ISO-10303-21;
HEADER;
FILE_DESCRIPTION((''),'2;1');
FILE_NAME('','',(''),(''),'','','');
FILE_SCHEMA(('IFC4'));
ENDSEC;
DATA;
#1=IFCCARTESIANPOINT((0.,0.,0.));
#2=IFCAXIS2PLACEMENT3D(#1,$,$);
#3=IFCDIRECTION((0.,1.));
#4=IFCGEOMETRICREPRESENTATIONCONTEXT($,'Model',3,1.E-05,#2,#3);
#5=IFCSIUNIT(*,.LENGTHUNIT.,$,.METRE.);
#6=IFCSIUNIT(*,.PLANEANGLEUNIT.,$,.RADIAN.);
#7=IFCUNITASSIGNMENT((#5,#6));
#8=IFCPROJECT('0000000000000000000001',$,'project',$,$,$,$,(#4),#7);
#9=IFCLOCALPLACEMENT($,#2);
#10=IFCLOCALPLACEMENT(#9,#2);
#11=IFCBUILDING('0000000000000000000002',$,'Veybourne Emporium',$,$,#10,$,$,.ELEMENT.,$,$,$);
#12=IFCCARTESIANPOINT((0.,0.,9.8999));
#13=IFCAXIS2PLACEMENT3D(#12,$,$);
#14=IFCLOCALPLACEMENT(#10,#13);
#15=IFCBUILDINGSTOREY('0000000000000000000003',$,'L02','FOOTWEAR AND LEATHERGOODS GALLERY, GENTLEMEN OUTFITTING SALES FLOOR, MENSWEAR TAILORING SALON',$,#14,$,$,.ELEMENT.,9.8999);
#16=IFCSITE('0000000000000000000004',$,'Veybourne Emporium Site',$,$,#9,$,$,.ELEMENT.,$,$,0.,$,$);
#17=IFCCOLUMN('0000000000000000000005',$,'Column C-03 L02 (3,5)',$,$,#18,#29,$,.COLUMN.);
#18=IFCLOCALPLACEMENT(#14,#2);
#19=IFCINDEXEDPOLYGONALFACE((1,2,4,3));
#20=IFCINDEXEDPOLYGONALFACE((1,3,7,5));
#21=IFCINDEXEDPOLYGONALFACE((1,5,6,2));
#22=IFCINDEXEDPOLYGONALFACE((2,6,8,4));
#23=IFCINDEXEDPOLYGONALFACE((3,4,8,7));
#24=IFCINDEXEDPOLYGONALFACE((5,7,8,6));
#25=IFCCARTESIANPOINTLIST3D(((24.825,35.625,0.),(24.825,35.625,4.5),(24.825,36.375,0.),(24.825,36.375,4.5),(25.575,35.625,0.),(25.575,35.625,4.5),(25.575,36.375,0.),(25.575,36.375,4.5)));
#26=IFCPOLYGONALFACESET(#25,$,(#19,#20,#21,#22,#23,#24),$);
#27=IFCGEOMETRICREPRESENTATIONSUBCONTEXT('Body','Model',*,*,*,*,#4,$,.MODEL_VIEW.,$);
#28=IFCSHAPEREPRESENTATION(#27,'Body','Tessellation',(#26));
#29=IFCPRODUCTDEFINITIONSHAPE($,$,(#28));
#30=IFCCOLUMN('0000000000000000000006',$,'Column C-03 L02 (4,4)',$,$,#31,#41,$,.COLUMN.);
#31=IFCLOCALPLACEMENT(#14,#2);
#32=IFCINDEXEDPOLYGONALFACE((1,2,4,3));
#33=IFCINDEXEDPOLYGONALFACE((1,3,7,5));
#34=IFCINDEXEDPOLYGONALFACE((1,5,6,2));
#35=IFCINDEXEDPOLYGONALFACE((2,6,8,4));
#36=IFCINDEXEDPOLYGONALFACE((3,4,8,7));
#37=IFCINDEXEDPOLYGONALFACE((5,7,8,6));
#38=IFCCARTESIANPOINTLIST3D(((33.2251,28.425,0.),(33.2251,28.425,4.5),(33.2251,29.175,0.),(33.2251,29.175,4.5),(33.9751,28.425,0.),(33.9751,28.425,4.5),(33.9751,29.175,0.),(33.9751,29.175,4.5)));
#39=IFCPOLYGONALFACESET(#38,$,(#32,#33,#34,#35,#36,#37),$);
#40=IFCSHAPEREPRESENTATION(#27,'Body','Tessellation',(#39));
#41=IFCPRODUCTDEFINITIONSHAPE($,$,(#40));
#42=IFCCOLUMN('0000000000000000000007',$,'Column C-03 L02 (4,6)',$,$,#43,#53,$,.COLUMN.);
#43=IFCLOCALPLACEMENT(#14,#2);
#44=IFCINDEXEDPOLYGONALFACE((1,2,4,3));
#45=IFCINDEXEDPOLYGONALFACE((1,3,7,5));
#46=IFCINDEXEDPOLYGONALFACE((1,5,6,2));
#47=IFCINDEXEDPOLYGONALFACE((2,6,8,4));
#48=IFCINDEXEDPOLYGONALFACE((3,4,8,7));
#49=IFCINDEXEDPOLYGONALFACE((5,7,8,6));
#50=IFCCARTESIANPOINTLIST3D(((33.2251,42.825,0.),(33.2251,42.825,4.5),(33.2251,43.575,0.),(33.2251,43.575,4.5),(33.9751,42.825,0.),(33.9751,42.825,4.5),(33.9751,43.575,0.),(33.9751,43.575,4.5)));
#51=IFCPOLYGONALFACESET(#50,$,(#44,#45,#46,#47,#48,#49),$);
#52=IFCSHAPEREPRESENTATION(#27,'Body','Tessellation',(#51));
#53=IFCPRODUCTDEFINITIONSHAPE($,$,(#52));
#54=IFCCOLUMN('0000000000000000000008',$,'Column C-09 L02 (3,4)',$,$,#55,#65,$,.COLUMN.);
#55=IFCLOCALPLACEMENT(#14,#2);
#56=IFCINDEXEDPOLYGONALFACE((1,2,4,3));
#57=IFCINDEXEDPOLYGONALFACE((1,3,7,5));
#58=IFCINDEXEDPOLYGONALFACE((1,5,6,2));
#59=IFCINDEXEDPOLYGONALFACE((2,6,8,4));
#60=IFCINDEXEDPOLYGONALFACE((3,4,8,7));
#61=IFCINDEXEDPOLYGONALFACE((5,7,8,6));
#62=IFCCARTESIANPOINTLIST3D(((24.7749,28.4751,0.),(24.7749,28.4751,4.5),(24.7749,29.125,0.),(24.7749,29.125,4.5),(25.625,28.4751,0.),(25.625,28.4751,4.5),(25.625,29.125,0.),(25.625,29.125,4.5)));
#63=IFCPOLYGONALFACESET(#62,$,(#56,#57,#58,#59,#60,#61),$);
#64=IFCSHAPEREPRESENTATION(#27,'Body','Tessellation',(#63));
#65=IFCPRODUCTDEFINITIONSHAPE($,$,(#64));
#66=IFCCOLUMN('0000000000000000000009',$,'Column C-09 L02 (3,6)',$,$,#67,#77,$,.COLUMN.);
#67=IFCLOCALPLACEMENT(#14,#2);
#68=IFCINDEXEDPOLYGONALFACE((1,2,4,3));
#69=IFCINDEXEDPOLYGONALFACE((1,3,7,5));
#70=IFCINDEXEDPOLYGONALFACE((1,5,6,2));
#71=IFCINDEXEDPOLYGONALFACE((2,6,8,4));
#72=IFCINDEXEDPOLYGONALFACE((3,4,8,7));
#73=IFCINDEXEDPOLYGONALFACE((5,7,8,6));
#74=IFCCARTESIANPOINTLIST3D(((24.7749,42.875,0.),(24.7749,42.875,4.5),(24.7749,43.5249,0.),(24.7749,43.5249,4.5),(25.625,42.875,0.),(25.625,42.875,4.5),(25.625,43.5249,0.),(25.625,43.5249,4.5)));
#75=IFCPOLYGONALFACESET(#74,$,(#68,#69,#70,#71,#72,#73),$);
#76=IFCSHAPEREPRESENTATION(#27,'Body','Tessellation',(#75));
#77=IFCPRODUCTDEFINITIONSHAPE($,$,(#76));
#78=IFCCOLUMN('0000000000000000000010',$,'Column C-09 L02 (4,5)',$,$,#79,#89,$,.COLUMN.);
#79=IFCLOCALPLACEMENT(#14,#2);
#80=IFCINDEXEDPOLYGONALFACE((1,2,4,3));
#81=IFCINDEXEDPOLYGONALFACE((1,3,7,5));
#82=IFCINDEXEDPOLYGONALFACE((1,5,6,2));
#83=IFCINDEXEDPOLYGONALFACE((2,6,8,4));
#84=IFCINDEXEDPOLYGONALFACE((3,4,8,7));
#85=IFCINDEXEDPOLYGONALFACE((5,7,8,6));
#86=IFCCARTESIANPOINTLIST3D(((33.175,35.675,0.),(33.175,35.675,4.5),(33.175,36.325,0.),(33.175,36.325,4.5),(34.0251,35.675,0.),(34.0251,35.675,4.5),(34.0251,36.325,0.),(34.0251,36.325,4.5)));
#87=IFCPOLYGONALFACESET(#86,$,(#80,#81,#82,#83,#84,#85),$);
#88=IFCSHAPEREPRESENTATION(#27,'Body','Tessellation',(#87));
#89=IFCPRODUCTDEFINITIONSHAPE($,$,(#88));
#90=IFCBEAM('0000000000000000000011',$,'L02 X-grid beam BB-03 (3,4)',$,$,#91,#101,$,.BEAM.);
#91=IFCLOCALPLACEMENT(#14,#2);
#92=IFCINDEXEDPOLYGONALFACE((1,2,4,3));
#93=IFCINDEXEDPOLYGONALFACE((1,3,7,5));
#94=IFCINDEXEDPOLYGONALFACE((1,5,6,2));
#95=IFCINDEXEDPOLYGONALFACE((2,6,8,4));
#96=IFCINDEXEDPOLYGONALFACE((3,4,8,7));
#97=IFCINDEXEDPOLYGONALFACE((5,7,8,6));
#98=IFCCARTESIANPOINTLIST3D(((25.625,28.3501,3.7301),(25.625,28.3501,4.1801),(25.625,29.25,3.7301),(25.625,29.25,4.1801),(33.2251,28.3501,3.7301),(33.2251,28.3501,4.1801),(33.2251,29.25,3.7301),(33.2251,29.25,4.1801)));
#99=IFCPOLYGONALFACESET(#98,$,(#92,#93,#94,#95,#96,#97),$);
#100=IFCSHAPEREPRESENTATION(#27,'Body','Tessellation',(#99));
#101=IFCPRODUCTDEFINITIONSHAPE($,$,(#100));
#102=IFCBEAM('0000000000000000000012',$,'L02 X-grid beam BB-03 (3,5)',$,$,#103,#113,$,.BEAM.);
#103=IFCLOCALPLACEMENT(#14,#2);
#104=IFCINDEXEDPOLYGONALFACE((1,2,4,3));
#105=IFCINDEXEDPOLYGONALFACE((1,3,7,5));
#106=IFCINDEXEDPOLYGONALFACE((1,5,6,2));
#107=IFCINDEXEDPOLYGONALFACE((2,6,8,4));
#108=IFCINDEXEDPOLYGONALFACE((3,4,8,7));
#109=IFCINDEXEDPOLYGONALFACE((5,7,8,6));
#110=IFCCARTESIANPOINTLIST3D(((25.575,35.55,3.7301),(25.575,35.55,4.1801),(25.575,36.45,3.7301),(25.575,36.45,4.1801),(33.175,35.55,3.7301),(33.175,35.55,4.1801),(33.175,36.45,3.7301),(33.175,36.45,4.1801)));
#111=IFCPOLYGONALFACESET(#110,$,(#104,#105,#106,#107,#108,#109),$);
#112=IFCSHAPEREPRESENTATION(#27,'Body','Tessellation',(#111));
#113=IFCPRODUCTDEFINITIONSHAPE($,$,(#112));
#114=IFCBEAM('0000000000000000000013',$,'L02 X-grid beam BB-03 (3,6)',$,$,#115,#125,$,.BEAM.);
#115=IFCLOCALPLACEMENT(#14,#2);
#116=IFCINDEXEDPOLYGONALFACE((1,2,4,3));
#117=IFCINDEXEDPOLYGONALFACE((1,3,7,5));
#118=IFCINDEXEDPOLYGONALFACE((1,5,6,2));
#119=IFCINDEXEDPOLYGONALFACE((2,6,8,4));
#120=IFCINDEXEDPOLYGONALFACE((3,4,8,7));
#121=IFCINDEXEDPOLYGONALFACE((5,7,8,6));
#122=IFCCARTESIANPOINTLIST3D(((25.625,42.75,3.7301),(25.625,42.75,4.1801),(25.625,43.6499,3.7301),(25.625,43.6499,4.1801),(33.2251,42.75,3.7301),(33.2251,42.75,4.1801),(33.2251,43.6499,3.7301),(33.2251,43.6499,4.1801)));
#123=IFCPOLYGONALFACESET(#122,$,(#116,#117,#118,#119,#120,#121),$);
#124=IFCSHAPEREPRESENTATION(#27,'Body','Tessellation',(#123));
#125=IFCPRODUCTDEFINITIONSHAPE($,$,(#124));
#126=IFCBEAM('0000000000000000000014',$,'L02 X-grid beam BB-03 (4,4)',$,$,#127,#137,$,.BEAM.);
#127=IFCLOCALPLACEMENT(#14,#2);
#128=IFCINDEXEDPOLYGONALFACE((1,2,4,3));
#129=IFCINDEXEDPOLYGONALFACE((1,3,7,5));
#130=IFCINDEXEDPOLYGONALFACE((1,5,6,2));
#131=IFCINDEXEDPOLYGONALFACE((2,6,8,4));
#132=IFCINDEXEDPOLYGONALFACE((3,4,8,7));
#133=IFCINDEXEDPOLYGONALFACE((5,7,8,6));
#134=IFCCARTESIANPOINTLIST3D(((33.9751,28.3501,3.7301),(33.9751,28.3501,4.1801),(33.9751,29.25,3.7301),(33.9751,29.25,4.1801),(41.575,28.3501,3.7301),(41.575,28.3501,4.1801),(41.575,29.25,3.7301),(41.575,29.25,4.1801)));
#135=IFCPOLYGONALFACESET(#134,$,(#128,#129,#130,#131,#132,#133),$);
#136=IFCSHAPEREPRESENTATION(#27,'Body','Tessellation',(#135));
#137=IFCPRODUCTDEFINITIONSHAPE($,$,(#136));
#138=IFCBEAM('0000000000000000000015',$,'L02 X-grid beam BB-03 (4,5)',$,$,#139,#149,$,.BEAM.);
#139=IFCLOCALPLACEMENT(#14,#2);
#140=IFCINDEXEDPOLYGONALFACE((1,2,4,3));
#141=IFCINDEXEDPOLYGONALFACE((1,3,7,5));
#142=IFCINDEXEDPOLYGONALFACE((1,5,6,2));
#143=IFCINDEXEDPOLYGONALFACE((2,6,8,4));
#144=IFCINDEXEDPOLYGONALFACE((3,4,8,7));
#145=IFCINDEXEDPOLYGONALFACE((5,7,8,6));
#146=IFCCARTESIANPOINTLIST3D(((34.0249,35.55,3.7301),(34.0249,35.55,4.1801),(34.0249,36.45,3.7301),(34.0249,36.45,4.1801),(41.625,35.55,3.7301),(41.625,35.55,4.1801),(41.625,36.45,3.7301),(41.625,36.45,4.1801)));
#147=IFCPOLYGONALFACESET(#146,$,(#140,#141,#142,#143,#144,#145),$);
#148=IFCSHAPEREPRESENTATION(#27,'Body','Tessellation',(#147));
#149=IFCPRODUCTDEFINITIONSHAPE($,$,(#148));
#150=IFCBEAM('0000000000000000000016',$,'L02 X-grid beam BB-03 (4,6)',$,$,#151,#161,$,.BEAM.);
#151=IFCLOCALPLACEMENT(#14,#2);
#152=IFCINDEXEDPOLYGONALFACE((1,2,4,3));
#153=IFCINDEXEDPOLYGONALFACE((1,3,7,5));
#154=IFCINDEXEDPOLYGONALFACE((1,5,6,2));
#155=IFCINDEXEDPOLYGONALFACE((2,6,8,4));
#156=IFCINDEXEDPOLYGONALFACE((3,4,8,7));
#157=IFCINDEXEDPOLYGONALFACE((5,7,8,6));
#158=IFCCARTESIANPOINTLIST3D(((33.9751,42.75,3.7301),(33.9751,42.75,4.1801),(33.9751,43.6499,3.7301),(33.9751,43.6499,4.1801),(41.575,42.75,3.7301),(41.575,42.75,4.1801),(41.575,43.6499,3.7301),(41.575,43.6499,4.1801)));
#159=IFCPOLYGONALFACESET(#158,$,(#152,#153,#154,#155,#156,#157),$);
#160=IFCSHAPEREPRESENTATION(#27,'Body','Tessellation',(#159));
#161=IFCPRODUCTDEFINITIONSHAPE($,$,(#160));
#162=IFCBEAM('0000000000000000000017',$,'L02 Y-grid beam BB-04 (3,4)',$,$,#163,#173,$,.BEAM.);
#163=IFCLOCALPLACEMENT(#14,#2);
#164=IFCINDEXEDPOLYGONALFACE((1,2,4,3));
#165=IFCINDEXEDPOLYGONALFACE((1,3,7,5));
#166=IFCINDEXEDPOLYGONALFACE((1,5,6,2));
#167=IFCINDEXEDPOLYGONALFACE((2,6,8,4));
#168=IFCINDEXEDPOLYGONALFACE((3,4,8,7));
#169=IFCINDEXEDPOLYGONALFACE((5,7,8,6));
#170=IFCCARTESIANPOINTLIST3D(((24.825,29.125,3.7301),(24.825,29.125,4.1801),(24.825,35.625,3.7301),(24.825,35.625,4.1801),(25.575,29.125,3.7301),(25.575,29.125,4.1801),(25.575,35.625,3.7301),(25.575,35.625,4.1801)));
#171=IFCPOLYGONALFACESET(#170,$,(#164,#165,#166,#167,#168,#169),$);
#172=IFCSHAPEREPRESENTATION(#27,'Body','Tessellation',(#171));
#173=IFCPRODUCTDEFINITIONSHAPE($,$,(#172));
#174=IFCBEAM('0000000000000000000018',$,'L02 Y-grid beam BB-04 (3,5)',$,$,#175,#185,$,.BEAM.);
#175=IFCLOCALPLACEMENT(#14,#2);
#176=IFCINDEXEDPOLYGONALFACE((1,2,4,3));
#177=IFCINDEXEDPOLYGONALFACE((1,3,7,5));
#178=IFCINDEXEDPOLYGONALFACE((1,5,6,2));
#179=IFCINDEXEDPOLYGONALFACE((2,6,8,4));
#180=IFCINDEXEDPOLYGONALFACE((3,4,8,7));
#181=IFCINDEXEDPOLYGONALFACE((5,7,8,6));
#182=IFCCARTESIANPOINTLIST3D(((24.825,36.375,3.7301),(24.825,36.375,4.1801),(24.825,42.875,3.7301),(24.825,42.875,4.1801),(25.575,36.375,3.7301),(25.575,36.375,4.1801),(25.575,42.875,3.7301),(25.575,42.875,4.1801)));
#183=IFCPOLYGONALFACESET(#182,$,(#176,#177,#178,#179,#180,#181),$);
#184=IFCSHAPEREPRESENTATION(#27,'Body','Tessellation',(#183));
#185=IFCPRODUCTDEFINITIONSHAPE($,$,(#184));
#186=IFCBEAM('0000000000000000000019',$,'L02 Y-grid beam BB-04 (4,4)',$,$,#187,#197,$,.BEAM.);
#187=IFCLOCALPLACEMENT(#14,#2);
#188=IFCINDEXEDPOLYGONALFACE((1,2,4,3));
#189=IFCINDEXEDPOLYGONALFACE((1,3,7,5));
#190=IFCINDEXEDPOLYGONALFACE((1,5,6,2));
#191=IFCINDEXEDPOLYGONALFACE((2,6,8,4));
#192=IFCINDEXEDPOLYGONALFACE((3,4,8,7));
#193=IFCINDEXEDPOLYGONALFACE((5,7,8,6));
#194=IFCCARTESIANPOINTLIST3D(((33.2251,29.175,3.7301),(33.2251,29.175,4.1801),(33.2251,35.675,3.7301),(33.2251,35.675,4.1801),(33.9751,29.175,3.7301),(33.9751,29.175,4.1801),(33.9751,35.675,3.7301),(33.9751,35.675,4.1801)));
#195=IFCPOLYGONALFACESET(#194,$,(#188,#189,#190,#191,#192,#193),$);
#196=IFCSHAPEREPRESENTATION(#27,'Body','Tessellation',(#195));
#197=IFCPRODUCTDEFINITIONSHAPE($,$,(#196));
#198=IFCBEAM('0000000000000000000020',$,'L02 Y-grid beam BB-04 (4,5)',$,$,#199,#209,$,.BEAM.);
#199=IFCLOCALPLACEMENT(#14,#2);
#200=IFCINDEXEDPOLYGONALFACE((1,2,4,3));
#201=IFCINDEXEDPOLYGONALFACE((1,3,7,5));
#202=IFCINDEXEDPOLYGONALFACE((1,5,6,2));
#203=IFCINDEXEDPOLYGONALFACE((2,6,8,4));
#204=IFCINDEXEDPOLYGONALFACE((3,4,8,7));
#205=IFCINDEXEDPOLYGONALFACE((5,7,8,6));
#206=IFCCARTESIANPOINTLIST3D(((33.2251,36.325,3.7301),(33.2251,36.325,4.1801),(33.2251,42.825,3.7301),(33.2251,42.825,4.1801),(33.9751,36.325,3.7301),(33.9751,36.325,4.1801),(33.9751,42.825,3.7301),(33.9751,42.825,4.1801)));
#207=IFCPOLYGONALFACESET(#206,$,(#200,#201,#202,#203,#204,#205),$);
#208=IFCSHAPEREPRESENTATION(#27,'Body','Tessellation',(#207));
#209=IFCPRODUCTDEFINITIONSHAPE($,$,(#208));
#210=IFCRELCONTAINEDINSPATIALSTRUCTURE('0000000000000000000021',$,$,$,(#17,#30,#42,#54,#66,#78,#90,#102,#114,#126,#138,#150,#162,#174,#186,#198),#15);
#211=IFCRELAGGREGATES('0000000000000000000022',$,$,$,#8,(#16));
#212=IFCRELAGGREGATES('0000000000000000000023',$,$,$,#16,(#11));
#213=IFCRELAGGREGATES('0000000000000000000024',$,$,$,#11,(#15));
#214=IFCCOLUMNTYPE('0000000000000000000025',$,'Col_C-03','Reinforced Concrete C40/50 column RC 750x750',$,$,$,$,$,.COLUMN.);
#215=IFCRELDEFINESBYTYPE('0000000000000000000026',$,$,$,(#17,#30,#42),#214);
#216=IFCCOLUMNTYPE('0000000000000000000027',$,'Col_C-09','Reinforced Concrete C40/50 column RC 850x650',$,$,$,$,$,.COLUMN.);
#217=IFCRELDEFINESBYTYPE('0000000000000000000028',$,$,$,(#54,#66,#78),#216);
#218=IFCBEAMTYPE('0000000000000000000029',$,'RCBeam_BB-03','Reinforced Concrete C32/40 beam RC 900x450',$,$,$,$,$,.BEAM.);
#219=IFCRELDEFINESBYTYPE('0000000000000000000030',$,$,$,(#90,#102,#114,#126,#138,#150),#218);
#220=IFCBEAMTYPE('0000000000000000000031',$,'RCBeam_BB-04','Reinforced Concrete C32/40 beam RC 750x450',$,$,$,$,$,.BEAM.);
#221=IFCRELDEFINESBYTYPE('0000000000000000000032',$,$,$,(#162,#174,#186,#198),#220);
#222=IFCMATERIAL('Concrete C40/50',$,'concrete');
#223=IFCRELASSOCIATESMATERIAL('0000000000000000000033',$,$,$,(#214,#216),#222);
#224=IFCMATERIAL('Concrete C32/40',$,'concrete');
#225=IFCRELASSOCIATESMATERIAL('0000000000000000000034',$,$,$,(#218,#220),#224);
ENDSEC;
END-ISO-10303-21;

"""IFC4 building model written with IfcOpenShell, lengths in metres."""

from ifc_helpers import new_model, si_unit, direction, frame, origin, origin_2d, place, context, subcontext, project, spatial, rectangle, extrude, material, material_profile, profile_set, type_object, element, save


model = new_model("IFC4")

# Units and contexts
model_context = context("Model", 3, precision=1e-05, world=origin(), true_north=direction((0.0, 1.0)))
body_context = subcontext(model_context, "Body", "Model", "MODEL_VIEW")
ifc_project = project(units=[si_unit("LENGTHUNIT", "METRE"), si_unit("PLANEANGLEUNIT", "RADIAN")], contexts=[model_context])

# Site, building, storey
site_placement = place(None, origin())
site = spatial("IfcSite", under=ifc_project, at=site_placement, Name="Veybourne Emporium Site", CompositionType="ELEMENT", RefElevation=0.0)
building_placement = place(site_placement, origin())
building = spatial("IfcBuilding", under=site, at=building_placement, Name="Veybourne Emporium", CompositionType="ELEMENT")
storey_placement = place(building_placement, frame((0.0, 0.0, 9.8999)))
storey = spatial("IfcBuildingStorey", under=building, at=storey_placement, Name="L02", Description="FOOTWEAR AND LEATHERGOODS GALLERY, GENTLEMEN OUTFITTING SALES FLOOR, MENSWEAR TAILORING SALON", CompositionType="ELEMENT", Elevation=9.8999)

# Columns
ifc_material_1 = material(Name="Concrete C40/50", Category="concrete")
ifc_material_profile_1 = material_profile(ifc_material_1, rectangle(XDim=0.75, YDim=0.75, at=origin_2d()), Name="RC 750x750")
ifc_profile_set_1 = profile_set([ifc_material_profile_1], Name="Concrete C40/50")
column_type_1 = type_object("IfcColumnType", Name="Col_C-03", Description="Reinforced Concrete C40/50 column RC 750x750", PredefinedType="COLUMN", material=ifc_profile_set_1)
for number, where, z_axis, x_axis, name in (
    (1, (25.2, 36.0, 0.0), (0.0, 0.0, 1.0), (1.0, 0.0, 0.0), "Column C-03 L02 (3,5)"),
    (2, (33.6001, 28.8, 0.0), (0.0, 0.0, 1.0), (1.0, 0.0, 0.0), "Column C-03 L02 (4,4)"),
    (3, (33.6001, 43.2, 0.0), (0.0, 0.0, 1.0), (1.0, 0.0, 0.0), "Column C-03 L02 (4,6)"),
):
    element("IfcColumn", number, at=place(storey_placement, frame(where, z_axis=z_axis, x_axis=x_axis)), inside=storey, type_object=column_type_1, Name=name, PredefinedType="COLUMN", context=body_context, shape_type="SweptSolid", body=[
        extrude(rectangle(XDim=0.75, YDim=0.75, at=origin_2d()), origin(), (0.0, 0.0, 1.0), 4.5),
    ])
ifc_material_profile_2 = material_profile(ifc_material_1, rectangle(XDim=0.8501, YDim=0.6499, at=origin_2d()), Name="RC 850x650")
ifc_profile_set_2 = profile_set([ifc_material_profile_2], Name="Concrete C40/50")
column_type_2 = type_object("IfcColumnType", Name="Col_C-09", Description="Reinforced Concrete C40/50 column RC 850x650", PredefinedType="COLUMN", material=ifc_profile_set_2)
for number, where, z_axis, x_axis, name in (
    (4, (25.2, 28.8, 0.0), (0.0, 0.0, 1.0), (1.0, 0.0, 0.0), "Column C-09 L02 (3,4)"),
    (5, (25.2, 43.2, 0.0), (0.0, 0.0, 1.0), (1.0, 0.0, 0.0), "Column C-09 L02 (3,6)"),
    (6, (33.6001, 36.0, 0.0), (0.0, 0.0, 1.0), (1.0, 0.0, 0.0), "Column C-09 L02 (4,5)"),
):
    element("IfcColumn", number, at=place(storey_placement, frame(where, z_axis=z_axis, x_axis=x_axis)), inside=storey, type_object=column_type_2, Name=name, PredefinedType="COLUMN", context=body_context, shape_type="SweptSolid", body=[
        extrude(rectangle(XDim=0.8501, YDim=0.6499, at=origin_2d()), origin(), (0.0, 0.0, 1.0), 4.5),
    ])

# Beams
ifc_material_2 = material(Name="Concrete C32/40", Category="concrete")
ifc_material_profile_3 = material_profile(ifc_material_2, rectangle(XDim=0.8999, YDim=0.45, at=origin_2d()), Name="RC 900x450")
ifc_profile_set_3 = profile_set([ifc_material_profile_3], Name="Concrete C32/40")
beam_type_1 = type_object("IfcBeamType", Name="RCBeam_BB-03", Description="Reinforced Concrete C32/40 beam RC 900x450", PredefinedType="BEAM", material=ifc_profile_set_3)
for number, where, z_axis, x_axis, name in (
    (7, (25.625, 28.8, 3.9551), (1.0, 0.0, 0.0), (0.0, 1.0, 0.0), "L02 X-grid beam BB-03 (3,4)"),
    (8, (25.575, 36.0, 3.9551), (1.0, 0.0, 0.0), (0.0, 1.0, 0.0), "L02 X-grid beam BB-03 (3,5)"),
    (9, (25.625, 43.2, 3.9551), (1.0, 0.0, 0.0), (0.0, 1.0, 0.0), "L02 X-grid beam BB-03 (3,6)"),
):
    element("IfcBeam", number, at=place(storey_placement, frame(where, z_axis=z_axis, x_axis=x_axis)), inside=storey, type_object=beam_type_1, Name=name, PredefinedType="BEAM", context=body_context, shape_type="SweptSolid", body=[
        extrude(rectangle(XDim=0.8999, YDim=0.45, at=origin_2d()), origin(), (0.0, 0.0, 1.0), 7.6001),
    ])
beam_1_placement = place(storey_placement, frame((33.9751, 28.8, 3.9551), z_axis=(1.0, 0.0, 0.0), x_axis=(0.0, 1.0, 0.0)))
element("IfcBeam", 10, at=beam_1_placement, inside=storey, type_object=beam_type_1, Name="L02 X-grid beam BB-03 (4,4)", PredefinedType="BEAM", context=body_context, shape_type="SweptSolid", body=[
    extrude(rectangle(XDim=0.8999, YDim=0.45, at=origin_2d()), origin(), (0.0, 0.0, 1.0), 7.5999),
])
beam_2_placement = place(storey_placement, frame((34.0249, 36.0, 3.9551), z_axis=(1.0, 0.0, 0.0), x_axis=(0.0, 1.0, 0.0)))
element("IfcBeam", 11, at=beam_2_placement, inside=storey, type_object=beam_type_1, Name="L02 X-grid beam BB-03 (4,5)", PredefinedType="BEAM", context=body_context, shape_type="SweptSolid", body=[
    extrude(rectangle(XDim=0.8999, YDim=0.45, at=origin_2d()), origin(), (0.0, 0.0, 1.0), 7.6001),
])
beam_3_placement = place(storey_placement, frame((33.9751, 43.2, 3.9551), z_axis=(1.0, 0.0, 0.0), x_axis=(0.0, 1.0, 0.0)))
element("IfcBeam", 12, at=beam_3_placement, inside=storey, type_object=beam_type_1, Name="L02 X-grid beam BB-03 (4,6)", PredefinedType="BEAM", context=body_context, shape_type="SweptSolid", body=[
    extrude(rectangle(XDim=0.8999, YDim=0.45, at=origin_2d()), origin(), (0.0, 0.0, 1.0), 7.5999),
])
ifc_material_profile_4 = material_profile(ifc_material_2, rectangle(XDim=0.75, YDim=0.45, at=origin_2d()), Name="RC 750x450")
ifc_profile_set_4 = profile_set([ifc_material_profile_4], Name="Concrete C32/40")
beam_type_2 = type_object("IfcBeamType", Name="RCBeam_BB-04", Description="Reinforced Concrete C32/40 beam RC 750x450", PredefinedType="BEAM", material=ifc_profile_set_4)
for number, where, z_axis, x_axis, name in (
    (13, (25.2, 29.125, 3.9551), (0.0, 1.0, 0.0), (-1.0, 0.0, 0.0), "L02 Y-grid beam BB-04 (3,4)"),
    (14, (25.2, 36.375, 3.9551), (0.0, 1.0, 0.0), (-1.0, 0.0, 0.0), "L02 Y-grid beam BB-04 (3,5)"),
    (15, (33.6001, 29.175, 3.9551), (0.0, 1.0, 0.0), (-1.0, 0.0, 0.0), "L02 Y-grid beam BB-04 (4,4)"),
    (16, (33.6001, 36.325, 3.9551), (0.0, 1.0, 0.0), (-1.0, 0.0, 0.0), "L02 Y-grid beam BB-04 (4,5)"),
):
    element("IfcBeam", number, at=place(storey_placement, frame(where, z_axis=z_axis, x_axis=x_axis)), inside=storey, type_object=beam_type_2, Name=name, PredefinedType="BEAM", context=body_context, shape_type="SweptSolid", body=[
        extrude(rectangle(XDim=0.75, YDim=0.45, at=origin_2d()), origin(), (0.0, 0.0, 1.0), 6.5),
    ])

save(model, "model.ifc")
